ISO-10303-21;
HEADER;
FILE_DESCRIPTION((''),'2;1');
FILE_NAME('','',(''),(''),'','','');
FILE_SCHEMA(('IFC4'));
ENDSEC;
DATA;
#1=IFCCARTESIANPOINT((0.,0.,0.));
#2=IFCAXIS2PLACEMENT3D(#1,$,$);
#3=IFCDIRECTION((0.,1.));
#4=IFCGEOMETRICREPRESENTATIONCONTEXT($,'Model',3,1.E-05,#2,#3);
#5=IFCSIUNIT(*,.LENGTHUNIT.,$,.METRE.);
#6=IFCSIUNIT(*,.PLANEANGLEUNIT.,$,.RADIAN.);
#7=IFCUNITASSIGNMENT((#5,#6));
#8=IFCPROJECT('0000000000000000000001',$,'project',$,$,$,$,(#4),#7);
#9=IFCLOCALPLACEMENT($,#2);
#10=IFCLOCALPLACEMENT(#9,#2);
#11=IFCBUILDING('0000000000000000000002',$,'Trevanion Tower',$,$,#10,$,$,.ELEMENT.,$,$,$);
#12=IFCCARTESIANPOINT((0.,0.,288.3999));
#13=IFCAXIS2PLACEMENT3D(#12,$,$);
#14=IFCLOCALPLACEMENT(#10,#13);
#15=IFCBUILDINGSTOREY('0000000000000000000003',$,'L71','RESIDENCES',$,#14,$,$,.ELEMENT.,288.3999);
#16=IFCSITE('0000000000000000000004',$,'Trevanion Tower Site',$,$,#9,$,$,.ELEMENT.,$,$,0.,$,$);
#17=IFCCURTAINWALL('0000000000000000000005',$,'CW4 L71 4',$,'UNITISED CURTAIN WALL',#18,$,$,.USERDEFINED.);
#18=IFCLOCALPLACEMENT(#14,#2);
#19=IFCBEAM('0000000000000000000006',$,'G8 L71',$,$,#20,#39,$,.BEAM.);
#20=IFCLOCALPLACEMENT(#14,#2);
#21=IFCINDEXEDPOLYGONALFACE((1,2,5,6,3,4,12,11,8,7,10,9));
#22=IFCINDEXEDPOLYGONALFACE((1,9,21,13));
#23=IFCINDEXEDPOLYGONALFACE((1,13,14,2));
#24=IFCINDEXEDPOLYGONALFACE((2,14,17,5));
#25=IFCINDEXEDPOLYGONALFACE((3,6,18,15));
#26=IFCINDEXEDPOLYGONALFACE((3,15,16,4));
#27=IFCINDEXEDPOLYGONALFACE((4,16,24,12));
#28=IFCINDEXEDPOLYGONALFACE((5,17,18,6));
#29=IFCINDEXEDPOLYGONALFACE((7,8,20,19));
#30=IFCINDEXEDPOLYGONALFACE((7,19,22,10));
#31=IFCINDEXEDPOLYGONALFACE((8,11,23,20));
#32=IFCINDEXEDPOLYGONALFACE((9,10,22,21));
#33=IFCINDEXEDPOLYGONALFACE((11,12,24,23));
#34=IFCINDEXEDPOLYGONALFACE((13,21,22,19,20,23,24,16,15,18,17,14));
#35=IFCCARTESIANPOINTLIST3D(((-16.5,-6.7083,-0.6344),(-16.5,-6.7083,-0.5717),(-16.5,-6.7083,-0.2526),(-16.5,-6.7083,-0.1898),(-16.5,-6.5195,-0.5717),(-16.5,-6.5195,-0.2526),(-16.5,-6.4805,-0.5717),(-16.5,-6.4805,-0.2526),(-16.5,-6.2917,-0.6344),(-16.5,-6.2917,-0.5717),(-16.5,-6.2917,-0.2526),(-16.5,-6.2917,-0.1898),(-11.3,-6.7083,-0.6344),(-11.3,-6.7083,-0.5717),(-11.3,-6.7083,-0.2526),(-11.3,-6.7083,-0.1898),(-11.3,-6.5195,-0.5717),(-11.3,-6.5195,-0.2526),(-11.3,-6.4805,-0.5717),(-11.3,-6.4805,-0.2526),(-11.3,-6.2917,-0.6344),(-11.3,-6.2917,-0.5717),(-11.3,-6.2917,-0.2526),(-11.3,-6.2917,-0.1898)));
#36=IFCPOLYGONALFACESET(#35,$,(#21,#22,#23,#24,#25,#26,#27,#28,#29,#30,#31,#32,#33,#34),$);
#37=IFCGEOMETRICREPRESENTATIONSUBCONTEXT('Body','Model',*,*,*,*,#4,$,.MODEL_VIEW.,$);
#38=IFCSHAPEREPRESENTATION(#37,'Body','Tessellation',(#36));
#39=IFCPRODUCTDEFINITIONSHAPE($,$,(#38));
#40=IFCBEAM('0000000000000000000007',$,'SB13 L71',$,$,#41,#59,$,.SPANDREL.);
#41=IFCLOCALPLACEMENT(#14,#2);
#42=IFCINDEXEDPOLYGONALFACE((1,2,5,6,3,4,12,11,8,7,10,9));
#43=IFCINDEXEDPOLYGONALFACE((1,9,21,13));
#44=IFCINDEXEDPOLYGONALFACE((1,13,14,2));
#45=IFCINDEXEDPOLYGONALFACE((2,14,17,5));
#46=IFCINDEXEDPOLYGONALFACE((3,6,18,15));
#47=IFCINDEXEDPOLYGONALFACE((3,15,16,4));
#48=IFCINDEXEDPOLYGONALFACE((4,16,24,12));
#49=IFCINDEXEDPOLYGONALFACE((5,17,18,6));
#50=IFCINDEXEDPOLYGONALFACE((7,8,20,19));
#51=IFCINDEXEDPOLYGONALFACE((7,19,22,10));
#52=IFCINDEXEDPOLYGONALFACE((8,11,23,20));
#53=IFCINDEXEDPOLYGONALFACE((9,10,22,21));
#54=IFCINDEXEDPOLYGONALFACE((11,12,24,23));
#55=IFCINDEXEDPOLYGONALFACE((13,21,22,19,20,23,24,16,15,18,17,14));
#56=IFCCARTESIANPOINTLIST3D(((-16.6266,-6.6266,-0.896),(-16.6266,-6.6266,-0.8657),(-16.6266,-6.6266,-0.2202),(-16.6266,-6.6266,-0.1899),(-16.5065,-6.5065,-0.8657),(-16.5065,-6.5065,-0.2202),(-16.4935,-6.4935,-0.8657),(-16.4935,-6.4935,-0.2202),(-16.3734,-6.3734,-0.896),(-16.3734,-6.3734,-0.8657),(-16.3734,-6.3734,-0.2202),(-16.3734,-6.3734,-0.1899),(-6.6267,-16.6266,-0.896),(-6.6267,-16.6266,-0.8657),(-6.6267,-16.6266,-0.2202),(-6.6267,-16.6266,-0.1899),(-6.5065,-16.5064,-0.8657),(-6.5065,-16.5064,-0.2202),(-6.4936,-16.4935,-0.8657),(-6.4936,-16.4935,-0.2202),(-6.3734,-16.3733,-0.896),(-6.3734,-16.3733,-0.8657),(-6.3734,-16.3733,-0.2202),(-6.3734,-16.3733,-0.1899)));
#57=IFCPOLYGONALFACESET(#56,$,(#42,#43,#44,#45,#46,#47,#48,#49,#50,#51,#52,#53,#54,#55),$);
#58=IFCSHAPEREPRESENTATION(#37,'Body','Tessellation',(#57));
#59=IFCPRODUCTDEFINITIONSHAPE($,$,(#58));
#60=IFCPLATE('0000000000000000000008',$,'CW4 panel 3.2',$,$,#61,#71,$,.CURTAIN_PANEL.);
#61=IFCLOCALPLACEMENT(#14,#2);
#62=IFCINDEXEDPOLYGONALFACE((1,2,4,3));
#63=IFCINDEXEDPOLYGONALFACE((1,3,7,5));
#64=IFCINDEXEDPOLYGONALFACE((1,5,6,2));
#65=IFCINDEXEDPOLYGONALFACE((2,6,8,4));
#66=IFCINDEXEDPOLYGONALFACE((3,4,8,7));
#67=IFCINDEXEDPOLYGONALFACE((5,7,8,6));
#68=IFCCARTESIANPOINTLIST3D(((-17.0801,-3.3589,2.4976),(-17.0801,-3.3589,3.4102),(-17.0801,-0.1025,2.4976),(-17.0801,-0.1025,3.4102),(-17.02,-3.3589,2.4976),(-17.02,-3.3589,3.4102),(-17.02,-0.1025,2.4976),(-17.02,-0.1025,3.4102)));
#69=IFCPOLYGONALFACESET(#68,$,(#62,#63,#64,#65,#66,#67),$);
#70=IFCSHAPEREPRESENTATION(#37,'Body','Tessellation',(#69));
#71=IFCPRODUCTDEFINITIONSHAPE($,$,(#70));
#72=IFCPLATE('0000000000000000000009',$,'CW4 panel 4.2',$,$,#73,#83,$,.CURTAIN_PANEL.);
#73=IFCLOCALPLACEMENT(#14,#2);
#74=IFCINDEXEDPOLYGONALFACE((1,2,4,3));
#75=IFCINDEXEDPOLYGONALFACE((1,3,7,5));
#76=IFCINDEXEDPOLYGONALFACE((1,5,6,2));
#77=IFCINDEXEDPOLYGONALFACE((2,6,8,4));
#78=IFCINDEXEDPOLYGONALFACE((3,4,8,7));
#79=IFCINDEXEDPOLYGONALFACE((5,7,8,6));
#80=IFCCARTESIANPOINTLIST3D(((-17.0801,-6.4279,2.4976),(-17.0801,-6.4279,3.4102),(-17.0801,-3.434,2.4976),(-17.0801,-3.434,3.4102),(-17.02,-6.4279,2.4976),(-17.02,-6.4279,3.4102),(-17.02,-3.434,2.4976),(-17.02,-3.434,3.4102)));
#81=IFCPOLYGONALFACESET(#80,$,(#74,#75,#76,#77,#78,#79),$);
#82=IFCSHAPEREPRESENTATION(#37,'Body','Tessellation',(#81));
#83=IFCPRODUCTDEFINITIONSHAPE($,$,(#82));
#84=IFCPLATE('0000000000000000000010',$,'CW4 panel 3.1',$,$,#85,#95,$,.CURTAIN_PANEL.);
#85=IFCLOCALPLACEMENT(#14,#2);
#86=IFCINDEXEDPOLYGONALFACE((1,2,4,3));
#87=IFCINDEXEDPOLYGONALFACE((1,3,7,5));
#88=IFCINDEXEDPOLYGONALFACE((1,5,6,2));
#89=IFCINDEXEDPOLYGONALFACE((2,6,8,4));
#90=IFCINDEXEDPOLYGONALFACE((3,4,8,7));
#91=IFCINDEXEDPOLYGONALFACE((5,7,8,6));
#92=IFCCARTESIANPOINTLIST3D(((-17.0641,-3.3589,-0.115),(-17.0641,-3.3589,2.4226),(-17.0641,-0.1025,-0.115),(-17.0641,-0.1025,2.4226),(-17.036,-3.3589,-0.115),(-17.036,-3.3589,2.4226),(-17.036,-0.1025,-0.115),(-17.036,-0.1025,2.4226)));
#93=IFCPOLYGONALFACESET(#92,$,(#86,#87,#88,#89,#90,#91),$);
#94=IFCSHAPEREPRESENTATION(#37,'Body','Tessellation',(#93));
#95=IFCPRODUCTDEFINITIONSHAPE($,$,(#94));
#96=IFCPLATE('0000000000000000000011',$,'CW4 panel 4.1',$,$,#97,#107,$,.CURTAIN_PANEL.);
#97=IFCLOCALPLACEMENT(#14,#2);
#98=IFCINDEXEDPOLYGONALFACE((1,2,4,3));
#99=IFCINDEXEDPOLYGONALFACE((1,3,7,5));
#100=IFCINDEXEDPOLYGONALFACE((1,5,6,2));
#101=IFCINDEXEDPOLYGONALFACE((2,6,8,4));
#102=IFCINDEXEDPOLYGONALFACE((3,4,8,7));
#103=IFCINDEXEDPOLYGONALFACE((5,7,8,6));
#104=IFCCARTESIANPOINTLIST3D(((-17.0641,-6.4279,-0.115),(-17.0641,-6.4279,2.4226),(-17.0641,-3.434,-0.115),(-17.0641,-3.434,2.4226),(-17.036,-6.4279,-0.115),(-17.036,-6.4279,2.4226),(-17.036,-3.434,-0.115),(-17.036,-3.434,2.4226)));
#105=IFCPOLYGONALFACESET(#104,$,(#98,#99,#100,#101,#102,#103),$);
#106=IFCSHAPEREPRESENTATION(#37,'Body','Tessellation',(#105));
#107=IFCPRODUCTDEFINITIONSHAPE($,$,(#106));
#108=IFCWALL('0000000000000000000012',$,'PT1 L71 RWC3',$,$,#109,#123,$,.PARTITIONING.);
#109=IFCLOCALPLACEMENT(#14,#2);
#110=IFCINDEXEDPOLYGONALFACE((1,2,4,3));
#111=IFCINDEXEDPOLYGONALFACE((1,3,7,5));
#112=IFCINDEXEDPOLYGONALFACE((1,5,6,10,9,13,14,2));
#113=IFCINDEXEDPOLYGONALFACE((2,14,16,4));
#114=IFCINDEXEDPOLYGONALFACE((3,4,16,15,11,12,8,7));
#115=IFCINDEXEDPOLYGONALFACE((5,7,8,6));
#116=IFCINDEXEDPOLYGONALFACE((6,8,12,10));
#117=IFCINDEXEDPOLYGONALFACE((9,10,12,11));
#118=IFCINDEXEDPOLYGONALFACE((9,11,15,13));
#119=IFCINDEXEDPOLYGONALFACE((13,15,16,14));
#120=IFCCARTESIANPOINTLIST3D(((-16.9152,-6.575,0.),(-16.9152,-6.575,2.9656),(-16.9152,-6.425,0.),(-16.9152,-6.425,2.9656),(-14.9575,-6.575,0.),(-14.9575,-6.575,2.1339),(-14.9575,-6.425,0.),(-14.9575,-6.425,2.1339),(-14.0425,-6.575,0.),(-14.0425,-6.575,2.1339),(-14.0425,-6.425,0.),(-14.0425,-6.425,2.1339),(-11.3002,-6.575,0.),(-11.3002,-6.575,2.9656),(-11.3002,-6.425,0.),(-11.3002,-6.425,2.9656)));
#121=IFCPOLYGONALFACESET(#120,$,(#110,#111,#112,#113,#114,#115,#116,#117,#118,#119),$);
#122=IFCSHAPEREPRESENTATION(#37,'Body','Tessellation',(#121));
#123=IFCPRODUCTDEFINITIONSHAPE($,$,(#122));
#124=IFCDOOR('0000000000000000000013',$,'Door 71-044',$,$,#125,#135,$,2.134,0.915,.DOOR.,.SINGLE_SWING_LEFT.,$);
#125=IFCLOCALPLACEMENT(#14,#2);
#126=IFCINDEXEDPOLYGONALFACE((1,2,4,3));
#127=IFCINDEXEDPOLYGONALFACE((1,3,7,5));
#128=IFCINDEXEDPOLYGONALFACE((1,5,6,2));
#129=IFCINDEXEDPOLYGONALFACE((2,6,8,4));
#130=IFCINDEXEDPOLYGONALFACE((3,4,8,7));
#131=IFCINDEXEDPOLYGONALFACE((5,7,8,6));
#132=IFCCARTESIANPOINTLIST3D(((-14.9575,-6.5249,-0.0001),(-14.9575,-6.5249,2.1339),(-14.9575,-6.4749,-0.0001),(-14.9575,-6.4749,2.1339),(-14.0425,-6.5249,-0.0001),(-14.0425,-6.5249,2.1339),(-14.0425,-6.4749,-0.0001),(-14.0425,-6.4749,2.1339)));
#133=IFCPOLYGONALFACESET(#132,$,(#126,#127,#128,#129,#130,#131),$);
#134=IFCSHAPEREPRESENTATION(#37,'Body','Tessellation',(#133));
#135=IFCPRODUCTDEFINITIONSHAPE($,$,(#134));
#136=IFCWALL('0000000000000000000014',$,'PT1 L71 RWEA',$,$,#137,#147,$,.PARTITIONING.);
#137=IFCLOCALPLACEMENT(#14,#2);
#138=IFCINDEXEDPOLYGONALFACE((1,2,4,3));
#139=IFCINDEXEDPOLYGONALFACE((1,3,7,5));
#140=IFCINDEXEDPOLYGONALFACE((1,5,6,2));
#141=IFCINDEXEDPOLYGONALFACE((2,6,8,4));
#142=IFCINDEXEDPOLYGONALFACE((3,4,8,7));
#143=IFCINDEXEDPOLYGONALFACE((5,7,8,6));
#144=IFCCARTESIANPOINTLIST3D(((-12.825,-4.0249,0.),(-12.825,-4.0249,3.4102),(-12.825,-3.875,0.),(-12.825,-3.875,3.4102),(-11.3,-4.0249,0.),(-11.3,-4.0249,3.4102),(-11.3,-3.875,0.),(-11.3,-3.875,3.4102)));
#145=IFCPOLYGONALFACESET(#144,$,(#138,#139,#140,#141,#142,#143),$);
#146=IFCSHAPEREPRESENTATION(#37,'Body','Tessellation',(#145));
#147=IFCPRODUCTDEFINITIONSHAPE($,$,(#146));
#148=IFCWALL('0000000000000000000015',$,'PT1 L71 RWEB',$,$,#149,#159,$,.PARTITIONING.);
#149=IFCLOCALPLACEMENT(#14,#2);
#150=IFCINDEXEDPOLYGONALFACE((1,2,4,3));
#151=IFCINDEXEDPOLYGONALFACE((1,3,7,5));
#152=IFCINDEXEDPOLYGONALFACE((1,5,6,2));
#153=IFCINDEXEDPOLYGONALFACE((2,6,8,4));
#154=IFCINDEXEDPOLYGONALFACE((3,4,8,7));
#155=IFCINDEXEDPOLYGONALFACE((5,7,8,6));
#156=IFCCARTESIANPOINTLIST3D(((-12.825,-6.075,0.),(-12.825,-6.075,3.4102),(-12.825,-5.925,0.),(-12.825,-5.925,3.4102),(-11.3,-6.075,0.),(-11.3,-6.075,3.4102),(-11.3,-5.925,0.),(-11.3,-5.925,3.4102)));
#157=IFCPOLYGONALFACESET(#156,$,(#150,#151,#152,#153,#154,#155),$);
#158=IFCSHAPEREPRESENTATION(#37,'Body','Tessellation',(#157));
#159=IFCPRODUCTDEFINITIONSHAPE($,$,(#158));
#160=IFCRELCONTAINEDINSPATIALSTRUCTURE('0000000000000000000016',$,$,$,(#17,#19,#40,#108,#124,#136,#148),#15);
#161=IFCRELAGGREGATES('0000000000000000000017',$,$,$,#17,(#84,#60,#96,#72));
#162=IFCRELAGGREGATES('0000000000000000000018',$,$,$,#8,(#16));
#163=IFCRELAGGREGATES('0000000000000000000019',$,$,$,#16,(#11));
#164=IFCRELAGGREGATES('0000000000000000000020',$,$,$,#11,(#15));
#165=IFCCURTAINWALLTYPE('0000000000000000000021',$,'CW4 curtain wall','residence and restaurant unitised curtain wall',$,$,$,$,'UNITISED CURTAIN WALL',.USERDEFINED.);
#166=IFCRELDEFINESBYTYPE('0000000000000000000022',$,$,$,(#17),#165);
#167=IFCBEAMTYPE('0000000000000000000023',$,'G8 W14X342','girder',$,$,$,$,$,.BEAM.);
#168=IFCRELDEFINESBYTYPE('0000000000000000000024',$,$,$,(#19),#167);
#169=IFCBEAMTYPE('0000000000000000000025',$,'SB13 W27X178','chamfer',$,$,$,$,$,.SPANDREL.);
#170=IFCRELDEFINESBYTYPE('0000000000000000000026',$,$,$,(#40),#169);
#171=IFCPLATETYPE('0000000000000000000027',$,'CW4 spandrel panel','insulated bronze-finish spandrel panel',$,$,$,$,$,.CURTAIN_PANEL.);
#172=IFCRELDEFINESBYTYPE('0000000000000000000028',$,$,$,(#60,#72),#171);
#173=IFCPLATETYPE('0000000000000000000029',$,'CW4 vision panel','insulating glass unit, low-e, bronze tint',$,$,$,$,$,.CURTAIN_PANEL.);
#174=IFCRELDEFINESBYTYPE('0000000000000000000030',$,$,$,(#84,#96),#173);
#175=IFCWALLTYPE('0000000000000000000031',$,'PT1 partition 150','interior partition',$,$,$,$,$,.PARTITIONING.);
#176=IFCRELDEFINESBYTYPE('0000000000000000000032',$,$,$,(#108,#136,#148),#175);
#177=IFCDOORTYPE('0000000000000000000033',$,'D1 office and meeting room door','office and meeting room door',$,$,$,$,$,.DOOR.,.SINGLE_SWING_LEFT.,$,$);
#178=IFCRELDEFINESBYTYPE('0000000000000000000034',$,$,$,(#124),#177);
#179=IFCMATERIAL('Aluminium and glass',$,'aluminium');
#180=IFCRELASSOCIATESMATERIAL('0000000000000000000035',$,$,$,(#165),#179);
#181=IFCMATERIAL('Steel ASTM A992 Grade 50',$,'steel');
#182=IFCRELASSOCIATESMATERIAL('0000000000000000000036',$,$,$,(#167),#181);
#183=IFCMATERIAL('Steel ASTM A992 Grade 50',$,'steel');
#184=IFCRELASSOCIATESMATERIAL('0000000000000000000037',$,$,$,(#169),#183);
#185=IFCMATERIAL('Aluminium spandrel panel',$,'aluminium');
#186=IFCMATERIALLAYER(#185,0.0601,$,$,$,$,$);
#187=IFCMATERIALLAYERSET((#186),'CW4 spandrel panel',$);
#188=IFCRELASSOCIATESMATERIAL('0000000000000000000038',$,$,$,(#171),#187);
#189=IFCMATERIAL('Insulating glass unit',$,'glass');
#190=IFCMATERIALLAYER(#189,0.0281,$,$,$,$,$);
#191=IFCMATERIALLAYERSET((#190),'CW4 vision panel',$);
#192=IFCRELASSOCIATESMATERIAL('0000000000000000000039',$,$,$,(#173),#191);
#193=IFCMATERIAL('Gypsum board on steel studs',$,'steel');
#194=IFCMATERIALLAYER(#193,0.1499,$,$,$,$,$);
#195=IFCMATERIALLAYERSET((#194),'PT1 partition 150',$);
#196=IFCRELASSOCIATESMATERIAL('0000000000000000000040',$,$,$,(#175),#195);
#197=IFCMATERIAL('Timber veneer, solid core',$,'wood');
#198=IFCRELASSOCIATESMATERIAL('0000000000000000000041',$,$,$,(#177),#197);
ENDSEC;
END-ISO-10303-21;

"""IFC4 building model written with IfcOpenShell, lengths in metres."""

from ifc_helpers import new_model, si_unit, direction, frame, frame_2d, origin, origin_2d, place, context, subcontext, project, spatial, rectangle, i_section, extrude, material, layer, layer_set, material_profile, profile_set, type_object, element, fill, aggregate, save


model = new_model("IFC4")

# Units and contexts
model_context = context("Model", 3, precision=1e-05, world=origin(), true_north=direction((0.0, 1.0)))
body_context = subcontext(model_context, "Body", "Model", "MODEL_VIEW")
ifc_project = project(units=[si_unit("LENGTHUNIT", "METRE"), si_unit("PLANEANGLEUNIT", "RADIAN")], contexts=[model_context])

# Site, building, storey
site_placement = place(None, origin())
site = spatial("IfcSite", under=ifc_project, at=site_placement, Name="Trevanion Tower Site", CompositionType="ELEMENT", RefElevation=0.0)
building_placement = place(site_placement, origin())
building = spatial("IfcBuilding", under=site, at=building_placement, Name="Trevanion Tower", CompositionType="ELEMENT")
storey_placement = place(building_placement, frame((0.0, 0.0, 288.3999)))
storey = spatial("IfcBuildingStorey", under=building, at=storey_placement, Name="L71", Description="RESIDENCES", CompositionType="ELEMENT", Elevation=288.3999)

# Curtain wall
ifc_material_1 = material(Name="Aluminium and glass", Category="aluminium")
curtain_wall_type = type_object("IfcCurtainWallType", Name="CW4 curtain wall", Description="residence and restaurant unitised curtain wall", ElementType="UNITISED CURTAIN WALL", PredefinedType="USERDEFINED", material=ifc_material_1)
curtain_wall_1_placement = place(storey_placement, origin())
curtain_wall_1 = element("IfcCurtainWall", 1, at=curtain_wall_1_placement, inside=storey, type_object=curtain_wall_type, Name="CW4 L71 4", ObjectType="UNITISED CURTAIN WALL", PredefinedType="USERDEFINED")

# Beams
ifc_material_2 = material(Name="Steel ASTM A992 Grade 50", Category="steel")
ifc_material_profile_1 = material_profile(ifc_material_2, i_section(OverallWidth=0.4165, OverallDepth=0.4446, WebThickness=0.0391, FlangeThickness=0.0627, at=origin_2d()), Name="W14X342")
ifc_profile_set_1 = profile_set([ifc_material_profile_1], Name="Steel ASTM A992 Grade 50")
beam_type_1 = type_object("IfcBeamType", Name="G8 W14X342", Description="girder", PredefinedType="BEAM", material=ifc_profile_set_1)
beam_1_placement = place(storey_placement, frame((-11.3, -6.5, -0.4121), z_axis=(-1.0, 0.0, 0.0), x_axis=(0.0, -1.0, 0.0)))
element("IfcBeam", 2, at=beam_1_placement, inside=storey, type_object=beam_type_1, Name="G8 L71", PredefinedType="BEAM", context=body_context, shape_type="SweptSolid", body=[
    extrude(i_section(OverallWidth=0.4165, OverallDepth=0.4446, WebThickness=0.0391, FlangeThickness=0.0627, at=origin_2d()), origin(), (0.0, 0.0, 1.0), 5.2),
])
ifc_material_3 = material(Name="Steel ASTM A992 Grade 50", Category="steel")
ifc_material_profile_2 = material_profile(ifc_material_3, i_section(OverallWidth=0.3582, OverallDepth=0.7061, WebThickness=0.0183, FlangeThickness=0.0303, at=origin_2d()), Name="W27X178")
ifc_profile_set_2 = profile_set([ifc_material_profile_2], Name="Steel ASTM A992 Grade 50")
beam_type_2 = type_object("IfcBeamType", Name="SB13 W27X178", Description="chamfer", PredefinedType="SPANDREL", material=ifc_profile_set_2)
beam_2_placement = place(storey_placement, frame((-16.5, -6.5, -0.543), z_axis=(0.707107, -0.707107, 0.0), x_axis=(0.707107, 0.707107, 0.0)))
element("IfcBeam", 3, at=beam_2_placement, inside=storey, type_object=beam_type_2, Name="SB13 L71", PredefinedType="SPANDREL", context=body_context, shape_type="SweptSolid", body=[
    extrude(i_section(OverallWidth=0.3582, OverallDepth=0.7061, WebThickness=0.0183, FlangeThickness=0.0303, at=origin_2d()), origin(), (0.0, 0.0, 1.0), 14.1421),
])

# Plates
ifc_material_4 = material(Name="Aluminium spandrel panel", Category="aluminium")
ifc_layer_1 = layer(ifc_material_4, 0.0601)
ifc_layer_set_1 = layer_set([ifc_layer_1], Name="CW4 spandrel panel")
plate_type_1 = type_object("IfcPlateType", Name="CW4 spandrel panel", Description="insulated bronze-finish spandrel panel", PredefinedType="CURTAIN_PANEL", material=ifc_layer_set_1)
plate_1_placement = place(storey_placement, frame((-17.05, -1.7307, 2.4976), z_axis=(0.0, 0.0, 1.0), x_axis=(0.0, -1.0, 0.0)))
plate_1 = element("IfcPlate", 4, at=plate_1_placement, type_object=plate_type_1, Name="CW4 panel 3.2", PredefinedType="CURTAIN_PANEL", context=body_context, shape_type="SweptSolid", body=[
    extrude(rectangle(XDim=3.2563, YDim=0.0601, at=origin_2d()), origin(), (0.0, 0.0, 1.0), 0.9126),
])
plate_2_placement = place(storey_placement, frame((-17.05, -4.9309, 2.4976), z_axis=(0.0, 0.0, 1.0), x_axis=(0.0, -1.0, 0.0)))
plate_2 = element("IfcPlate", 5, at=plate_2_placement, type_object=plate_type_1, Name="CW4 panel 4.2", PredefinedType="CURTAIN_PANEL", context=body_context, shape_type="SweptSolid", body=[
    extrude(rectangle(XDim=2.9939, YDim=0.0601, at=origin_2d()), origin(), (0.0, 0.0, 1.0), 0.9126),
])
ifc_material_5 = material(Name="Insulating glass unit", Category="glass")
ifc_layer_2 = layer(ifc_material_5, 0.0281)
ifc_layer_set_2 = layer_set([ifc_layer_2], Name="CW4 vision panel")
plate_type_2 = type_object("IfcPlateType", Name="CW4 vision panel", Description="insulating glass unit, low-e, bronze tint", PredefinedType="CURTAIN_PANEL", material=ifc_layer_set_2)
plate_3_placement = place(storey_placement, frame((-17.05, -1.7307, -0.115), z_axis=(0.0, 0.0, 1.0), x_axis=(0.0, -1.0, 0.0)))
plate_3 = element("IfcPlate", 6, at=plate_3_placement, type_object=plate_type_2, Name="CW4 panel 3.1", PredefinedType="CURTAIN_PANEL", context=body_context, shape_type="SweptSolid", body=[
    extrude(rectangle(XDim=3.2563, YDim=0.0281, at=origin_2d()), origin(), (0.0, 0.0, 1.0), 2.5376),
])
plate_4_placement = place(storey_placement, frame((-17.05, -4.9309, -0.115), z_axis=(0.0, 0.0, 1.0), x_axis=(0.0, -1.0, 0.0)))
plate_4 = element("IfcPlate", 7, at=plate_4_placement, type_object=plate_type_2, Name="CW4 panel 4.1", PredefinedType="CURTAIN_PANEL", context=body_context, shape_type="SweptSolid", body=[
    extrude(rectangle(XDim=2.9939, YDim=0.0281, at=origin_2d()), origin(), (0.0, 0.0, 1.0), 2.5376),
])
aggregate(curtain_wall_1, [plate_3, plate_1, plate_4, plate_2])

# Wall, opening, door
ifc_material_6 = material(Name="Gypsum board on steel studs", Category="steel")
ifc_layer_3 = layer(ifc_material_6, 0.1499)
ifc_layer_set_3 = layer_set([ifc_layer_3], Name="PT1 partition 150")
wall_type_1 = type_object("IfcWallType", Name="PT1 partition 150", Description="interior partition", PredefinedType="PARTITIONING", material=ifc_layer_set_3)
wall_1_placement = place(storey_placement, frame((-11.3, -6.5, 0.0), z_axis=(0.0, 0.0, 1.0), x_axis=(-1.0, 0.0, 0.0)))
wall_1 = element("IfcWall", 8, at=wall_1_placement, inside=storey, type_object=wall_type_1, Name="PT1 L71 RWC3", PredefinedType="PARTITIONING", context=body_context, shape_type="SweptSolid", body=[
    extrude(rectangle(XDim=5.615, YDim=0.1499, at=frame_2d((2.8076, 0.0))), origin(), (0.0, 0.0, 1.0), 2.9656),
])
opening_1_placement = place(wall_1_placement, frame((2.7424, 0.0, 0.0)))
opening_1 = element("IfcOpeningElement", 9, at=opening_1_placement, cuts=wall_1, PredefinedType="OPENING", context=body_context, shape_type="SweptSolid", body=[
    extrude(rectangle(XDim=0.915, YDim=2.134, at=frame_2d((0.4575, 1.0669))), frame((0.0, 0.085, 0.0), z_axis=(0.0, -1.0, 0.0), x_axis=(1.0, 0.0, 0.0)), (0.0, 0.0, 1.0), 0.1699),
])
ifc_material_7 = material(Name="Timber veneer, solid core", Category="wood")
door_type_1 = type_object("IfcDoorType", Name="D1 office and meeting room door", Description="office and meeting room door", OperationType="SINGLE_SWING_LEFT", PredefinedType="DOOR", material=ifc_material_7)
door_1_placement = place(opening_1_placement, origin())
door_1 = element("IfcDoor", 10, at=door_1_placement, inside=storey, type_object=door_type_1, Name="Door 71-044", OperationType="SINGLE_SWING_LEFT", OverallHeight=2.134, OverallWidth=0.915, PredefinedType="DOOR", context=body_context, shape_type="SweptSolid", body=[
    extrude(rectangle(XDim=0.915, YDim=2.134, at=frame_2d((0.4575, 1.0669))), frame((0.0, 0.0249, 0.0), z_axis=(0.0, -1.0, 0.0), x_axis=(1.0, 0.0, 0.0)), (0.0, 0.0, 1.0), 0.05),
])
fill(opening_1, door_1)

# Walls
for number, where, z_axis, x_axis, name in (
    (11, (-11.3, -3.95, 0.0), (0.0, 0.0, 1.0), (-1.0, 0.0, 0.0), "PT1 L71 RWEA"),
    (12, (-11.3, -6.0, 0.0), (0.0, 0.0, 1.0), (-1.0, 0.0, 0.0), "PT1 L71 RWEB"),
):
    element("IfcWall", number, at=place(storey_placement, frame(where, z_axis=z_axis, x_axis=x_axis)), inside=storey, type_object=wall_type_1, Name=name, PredefinedType="PARTITIONING", context=body_context, shape_type="SweptSolid", body=[
        extrude(rectangle(XDim=1.5249, YDim=0.1499, at=frame_2d((0.7625, 0.0))), origin(), (0.0, 0.0, 1.0), 3.4102),
    ])

save(model, "model.ifc")
